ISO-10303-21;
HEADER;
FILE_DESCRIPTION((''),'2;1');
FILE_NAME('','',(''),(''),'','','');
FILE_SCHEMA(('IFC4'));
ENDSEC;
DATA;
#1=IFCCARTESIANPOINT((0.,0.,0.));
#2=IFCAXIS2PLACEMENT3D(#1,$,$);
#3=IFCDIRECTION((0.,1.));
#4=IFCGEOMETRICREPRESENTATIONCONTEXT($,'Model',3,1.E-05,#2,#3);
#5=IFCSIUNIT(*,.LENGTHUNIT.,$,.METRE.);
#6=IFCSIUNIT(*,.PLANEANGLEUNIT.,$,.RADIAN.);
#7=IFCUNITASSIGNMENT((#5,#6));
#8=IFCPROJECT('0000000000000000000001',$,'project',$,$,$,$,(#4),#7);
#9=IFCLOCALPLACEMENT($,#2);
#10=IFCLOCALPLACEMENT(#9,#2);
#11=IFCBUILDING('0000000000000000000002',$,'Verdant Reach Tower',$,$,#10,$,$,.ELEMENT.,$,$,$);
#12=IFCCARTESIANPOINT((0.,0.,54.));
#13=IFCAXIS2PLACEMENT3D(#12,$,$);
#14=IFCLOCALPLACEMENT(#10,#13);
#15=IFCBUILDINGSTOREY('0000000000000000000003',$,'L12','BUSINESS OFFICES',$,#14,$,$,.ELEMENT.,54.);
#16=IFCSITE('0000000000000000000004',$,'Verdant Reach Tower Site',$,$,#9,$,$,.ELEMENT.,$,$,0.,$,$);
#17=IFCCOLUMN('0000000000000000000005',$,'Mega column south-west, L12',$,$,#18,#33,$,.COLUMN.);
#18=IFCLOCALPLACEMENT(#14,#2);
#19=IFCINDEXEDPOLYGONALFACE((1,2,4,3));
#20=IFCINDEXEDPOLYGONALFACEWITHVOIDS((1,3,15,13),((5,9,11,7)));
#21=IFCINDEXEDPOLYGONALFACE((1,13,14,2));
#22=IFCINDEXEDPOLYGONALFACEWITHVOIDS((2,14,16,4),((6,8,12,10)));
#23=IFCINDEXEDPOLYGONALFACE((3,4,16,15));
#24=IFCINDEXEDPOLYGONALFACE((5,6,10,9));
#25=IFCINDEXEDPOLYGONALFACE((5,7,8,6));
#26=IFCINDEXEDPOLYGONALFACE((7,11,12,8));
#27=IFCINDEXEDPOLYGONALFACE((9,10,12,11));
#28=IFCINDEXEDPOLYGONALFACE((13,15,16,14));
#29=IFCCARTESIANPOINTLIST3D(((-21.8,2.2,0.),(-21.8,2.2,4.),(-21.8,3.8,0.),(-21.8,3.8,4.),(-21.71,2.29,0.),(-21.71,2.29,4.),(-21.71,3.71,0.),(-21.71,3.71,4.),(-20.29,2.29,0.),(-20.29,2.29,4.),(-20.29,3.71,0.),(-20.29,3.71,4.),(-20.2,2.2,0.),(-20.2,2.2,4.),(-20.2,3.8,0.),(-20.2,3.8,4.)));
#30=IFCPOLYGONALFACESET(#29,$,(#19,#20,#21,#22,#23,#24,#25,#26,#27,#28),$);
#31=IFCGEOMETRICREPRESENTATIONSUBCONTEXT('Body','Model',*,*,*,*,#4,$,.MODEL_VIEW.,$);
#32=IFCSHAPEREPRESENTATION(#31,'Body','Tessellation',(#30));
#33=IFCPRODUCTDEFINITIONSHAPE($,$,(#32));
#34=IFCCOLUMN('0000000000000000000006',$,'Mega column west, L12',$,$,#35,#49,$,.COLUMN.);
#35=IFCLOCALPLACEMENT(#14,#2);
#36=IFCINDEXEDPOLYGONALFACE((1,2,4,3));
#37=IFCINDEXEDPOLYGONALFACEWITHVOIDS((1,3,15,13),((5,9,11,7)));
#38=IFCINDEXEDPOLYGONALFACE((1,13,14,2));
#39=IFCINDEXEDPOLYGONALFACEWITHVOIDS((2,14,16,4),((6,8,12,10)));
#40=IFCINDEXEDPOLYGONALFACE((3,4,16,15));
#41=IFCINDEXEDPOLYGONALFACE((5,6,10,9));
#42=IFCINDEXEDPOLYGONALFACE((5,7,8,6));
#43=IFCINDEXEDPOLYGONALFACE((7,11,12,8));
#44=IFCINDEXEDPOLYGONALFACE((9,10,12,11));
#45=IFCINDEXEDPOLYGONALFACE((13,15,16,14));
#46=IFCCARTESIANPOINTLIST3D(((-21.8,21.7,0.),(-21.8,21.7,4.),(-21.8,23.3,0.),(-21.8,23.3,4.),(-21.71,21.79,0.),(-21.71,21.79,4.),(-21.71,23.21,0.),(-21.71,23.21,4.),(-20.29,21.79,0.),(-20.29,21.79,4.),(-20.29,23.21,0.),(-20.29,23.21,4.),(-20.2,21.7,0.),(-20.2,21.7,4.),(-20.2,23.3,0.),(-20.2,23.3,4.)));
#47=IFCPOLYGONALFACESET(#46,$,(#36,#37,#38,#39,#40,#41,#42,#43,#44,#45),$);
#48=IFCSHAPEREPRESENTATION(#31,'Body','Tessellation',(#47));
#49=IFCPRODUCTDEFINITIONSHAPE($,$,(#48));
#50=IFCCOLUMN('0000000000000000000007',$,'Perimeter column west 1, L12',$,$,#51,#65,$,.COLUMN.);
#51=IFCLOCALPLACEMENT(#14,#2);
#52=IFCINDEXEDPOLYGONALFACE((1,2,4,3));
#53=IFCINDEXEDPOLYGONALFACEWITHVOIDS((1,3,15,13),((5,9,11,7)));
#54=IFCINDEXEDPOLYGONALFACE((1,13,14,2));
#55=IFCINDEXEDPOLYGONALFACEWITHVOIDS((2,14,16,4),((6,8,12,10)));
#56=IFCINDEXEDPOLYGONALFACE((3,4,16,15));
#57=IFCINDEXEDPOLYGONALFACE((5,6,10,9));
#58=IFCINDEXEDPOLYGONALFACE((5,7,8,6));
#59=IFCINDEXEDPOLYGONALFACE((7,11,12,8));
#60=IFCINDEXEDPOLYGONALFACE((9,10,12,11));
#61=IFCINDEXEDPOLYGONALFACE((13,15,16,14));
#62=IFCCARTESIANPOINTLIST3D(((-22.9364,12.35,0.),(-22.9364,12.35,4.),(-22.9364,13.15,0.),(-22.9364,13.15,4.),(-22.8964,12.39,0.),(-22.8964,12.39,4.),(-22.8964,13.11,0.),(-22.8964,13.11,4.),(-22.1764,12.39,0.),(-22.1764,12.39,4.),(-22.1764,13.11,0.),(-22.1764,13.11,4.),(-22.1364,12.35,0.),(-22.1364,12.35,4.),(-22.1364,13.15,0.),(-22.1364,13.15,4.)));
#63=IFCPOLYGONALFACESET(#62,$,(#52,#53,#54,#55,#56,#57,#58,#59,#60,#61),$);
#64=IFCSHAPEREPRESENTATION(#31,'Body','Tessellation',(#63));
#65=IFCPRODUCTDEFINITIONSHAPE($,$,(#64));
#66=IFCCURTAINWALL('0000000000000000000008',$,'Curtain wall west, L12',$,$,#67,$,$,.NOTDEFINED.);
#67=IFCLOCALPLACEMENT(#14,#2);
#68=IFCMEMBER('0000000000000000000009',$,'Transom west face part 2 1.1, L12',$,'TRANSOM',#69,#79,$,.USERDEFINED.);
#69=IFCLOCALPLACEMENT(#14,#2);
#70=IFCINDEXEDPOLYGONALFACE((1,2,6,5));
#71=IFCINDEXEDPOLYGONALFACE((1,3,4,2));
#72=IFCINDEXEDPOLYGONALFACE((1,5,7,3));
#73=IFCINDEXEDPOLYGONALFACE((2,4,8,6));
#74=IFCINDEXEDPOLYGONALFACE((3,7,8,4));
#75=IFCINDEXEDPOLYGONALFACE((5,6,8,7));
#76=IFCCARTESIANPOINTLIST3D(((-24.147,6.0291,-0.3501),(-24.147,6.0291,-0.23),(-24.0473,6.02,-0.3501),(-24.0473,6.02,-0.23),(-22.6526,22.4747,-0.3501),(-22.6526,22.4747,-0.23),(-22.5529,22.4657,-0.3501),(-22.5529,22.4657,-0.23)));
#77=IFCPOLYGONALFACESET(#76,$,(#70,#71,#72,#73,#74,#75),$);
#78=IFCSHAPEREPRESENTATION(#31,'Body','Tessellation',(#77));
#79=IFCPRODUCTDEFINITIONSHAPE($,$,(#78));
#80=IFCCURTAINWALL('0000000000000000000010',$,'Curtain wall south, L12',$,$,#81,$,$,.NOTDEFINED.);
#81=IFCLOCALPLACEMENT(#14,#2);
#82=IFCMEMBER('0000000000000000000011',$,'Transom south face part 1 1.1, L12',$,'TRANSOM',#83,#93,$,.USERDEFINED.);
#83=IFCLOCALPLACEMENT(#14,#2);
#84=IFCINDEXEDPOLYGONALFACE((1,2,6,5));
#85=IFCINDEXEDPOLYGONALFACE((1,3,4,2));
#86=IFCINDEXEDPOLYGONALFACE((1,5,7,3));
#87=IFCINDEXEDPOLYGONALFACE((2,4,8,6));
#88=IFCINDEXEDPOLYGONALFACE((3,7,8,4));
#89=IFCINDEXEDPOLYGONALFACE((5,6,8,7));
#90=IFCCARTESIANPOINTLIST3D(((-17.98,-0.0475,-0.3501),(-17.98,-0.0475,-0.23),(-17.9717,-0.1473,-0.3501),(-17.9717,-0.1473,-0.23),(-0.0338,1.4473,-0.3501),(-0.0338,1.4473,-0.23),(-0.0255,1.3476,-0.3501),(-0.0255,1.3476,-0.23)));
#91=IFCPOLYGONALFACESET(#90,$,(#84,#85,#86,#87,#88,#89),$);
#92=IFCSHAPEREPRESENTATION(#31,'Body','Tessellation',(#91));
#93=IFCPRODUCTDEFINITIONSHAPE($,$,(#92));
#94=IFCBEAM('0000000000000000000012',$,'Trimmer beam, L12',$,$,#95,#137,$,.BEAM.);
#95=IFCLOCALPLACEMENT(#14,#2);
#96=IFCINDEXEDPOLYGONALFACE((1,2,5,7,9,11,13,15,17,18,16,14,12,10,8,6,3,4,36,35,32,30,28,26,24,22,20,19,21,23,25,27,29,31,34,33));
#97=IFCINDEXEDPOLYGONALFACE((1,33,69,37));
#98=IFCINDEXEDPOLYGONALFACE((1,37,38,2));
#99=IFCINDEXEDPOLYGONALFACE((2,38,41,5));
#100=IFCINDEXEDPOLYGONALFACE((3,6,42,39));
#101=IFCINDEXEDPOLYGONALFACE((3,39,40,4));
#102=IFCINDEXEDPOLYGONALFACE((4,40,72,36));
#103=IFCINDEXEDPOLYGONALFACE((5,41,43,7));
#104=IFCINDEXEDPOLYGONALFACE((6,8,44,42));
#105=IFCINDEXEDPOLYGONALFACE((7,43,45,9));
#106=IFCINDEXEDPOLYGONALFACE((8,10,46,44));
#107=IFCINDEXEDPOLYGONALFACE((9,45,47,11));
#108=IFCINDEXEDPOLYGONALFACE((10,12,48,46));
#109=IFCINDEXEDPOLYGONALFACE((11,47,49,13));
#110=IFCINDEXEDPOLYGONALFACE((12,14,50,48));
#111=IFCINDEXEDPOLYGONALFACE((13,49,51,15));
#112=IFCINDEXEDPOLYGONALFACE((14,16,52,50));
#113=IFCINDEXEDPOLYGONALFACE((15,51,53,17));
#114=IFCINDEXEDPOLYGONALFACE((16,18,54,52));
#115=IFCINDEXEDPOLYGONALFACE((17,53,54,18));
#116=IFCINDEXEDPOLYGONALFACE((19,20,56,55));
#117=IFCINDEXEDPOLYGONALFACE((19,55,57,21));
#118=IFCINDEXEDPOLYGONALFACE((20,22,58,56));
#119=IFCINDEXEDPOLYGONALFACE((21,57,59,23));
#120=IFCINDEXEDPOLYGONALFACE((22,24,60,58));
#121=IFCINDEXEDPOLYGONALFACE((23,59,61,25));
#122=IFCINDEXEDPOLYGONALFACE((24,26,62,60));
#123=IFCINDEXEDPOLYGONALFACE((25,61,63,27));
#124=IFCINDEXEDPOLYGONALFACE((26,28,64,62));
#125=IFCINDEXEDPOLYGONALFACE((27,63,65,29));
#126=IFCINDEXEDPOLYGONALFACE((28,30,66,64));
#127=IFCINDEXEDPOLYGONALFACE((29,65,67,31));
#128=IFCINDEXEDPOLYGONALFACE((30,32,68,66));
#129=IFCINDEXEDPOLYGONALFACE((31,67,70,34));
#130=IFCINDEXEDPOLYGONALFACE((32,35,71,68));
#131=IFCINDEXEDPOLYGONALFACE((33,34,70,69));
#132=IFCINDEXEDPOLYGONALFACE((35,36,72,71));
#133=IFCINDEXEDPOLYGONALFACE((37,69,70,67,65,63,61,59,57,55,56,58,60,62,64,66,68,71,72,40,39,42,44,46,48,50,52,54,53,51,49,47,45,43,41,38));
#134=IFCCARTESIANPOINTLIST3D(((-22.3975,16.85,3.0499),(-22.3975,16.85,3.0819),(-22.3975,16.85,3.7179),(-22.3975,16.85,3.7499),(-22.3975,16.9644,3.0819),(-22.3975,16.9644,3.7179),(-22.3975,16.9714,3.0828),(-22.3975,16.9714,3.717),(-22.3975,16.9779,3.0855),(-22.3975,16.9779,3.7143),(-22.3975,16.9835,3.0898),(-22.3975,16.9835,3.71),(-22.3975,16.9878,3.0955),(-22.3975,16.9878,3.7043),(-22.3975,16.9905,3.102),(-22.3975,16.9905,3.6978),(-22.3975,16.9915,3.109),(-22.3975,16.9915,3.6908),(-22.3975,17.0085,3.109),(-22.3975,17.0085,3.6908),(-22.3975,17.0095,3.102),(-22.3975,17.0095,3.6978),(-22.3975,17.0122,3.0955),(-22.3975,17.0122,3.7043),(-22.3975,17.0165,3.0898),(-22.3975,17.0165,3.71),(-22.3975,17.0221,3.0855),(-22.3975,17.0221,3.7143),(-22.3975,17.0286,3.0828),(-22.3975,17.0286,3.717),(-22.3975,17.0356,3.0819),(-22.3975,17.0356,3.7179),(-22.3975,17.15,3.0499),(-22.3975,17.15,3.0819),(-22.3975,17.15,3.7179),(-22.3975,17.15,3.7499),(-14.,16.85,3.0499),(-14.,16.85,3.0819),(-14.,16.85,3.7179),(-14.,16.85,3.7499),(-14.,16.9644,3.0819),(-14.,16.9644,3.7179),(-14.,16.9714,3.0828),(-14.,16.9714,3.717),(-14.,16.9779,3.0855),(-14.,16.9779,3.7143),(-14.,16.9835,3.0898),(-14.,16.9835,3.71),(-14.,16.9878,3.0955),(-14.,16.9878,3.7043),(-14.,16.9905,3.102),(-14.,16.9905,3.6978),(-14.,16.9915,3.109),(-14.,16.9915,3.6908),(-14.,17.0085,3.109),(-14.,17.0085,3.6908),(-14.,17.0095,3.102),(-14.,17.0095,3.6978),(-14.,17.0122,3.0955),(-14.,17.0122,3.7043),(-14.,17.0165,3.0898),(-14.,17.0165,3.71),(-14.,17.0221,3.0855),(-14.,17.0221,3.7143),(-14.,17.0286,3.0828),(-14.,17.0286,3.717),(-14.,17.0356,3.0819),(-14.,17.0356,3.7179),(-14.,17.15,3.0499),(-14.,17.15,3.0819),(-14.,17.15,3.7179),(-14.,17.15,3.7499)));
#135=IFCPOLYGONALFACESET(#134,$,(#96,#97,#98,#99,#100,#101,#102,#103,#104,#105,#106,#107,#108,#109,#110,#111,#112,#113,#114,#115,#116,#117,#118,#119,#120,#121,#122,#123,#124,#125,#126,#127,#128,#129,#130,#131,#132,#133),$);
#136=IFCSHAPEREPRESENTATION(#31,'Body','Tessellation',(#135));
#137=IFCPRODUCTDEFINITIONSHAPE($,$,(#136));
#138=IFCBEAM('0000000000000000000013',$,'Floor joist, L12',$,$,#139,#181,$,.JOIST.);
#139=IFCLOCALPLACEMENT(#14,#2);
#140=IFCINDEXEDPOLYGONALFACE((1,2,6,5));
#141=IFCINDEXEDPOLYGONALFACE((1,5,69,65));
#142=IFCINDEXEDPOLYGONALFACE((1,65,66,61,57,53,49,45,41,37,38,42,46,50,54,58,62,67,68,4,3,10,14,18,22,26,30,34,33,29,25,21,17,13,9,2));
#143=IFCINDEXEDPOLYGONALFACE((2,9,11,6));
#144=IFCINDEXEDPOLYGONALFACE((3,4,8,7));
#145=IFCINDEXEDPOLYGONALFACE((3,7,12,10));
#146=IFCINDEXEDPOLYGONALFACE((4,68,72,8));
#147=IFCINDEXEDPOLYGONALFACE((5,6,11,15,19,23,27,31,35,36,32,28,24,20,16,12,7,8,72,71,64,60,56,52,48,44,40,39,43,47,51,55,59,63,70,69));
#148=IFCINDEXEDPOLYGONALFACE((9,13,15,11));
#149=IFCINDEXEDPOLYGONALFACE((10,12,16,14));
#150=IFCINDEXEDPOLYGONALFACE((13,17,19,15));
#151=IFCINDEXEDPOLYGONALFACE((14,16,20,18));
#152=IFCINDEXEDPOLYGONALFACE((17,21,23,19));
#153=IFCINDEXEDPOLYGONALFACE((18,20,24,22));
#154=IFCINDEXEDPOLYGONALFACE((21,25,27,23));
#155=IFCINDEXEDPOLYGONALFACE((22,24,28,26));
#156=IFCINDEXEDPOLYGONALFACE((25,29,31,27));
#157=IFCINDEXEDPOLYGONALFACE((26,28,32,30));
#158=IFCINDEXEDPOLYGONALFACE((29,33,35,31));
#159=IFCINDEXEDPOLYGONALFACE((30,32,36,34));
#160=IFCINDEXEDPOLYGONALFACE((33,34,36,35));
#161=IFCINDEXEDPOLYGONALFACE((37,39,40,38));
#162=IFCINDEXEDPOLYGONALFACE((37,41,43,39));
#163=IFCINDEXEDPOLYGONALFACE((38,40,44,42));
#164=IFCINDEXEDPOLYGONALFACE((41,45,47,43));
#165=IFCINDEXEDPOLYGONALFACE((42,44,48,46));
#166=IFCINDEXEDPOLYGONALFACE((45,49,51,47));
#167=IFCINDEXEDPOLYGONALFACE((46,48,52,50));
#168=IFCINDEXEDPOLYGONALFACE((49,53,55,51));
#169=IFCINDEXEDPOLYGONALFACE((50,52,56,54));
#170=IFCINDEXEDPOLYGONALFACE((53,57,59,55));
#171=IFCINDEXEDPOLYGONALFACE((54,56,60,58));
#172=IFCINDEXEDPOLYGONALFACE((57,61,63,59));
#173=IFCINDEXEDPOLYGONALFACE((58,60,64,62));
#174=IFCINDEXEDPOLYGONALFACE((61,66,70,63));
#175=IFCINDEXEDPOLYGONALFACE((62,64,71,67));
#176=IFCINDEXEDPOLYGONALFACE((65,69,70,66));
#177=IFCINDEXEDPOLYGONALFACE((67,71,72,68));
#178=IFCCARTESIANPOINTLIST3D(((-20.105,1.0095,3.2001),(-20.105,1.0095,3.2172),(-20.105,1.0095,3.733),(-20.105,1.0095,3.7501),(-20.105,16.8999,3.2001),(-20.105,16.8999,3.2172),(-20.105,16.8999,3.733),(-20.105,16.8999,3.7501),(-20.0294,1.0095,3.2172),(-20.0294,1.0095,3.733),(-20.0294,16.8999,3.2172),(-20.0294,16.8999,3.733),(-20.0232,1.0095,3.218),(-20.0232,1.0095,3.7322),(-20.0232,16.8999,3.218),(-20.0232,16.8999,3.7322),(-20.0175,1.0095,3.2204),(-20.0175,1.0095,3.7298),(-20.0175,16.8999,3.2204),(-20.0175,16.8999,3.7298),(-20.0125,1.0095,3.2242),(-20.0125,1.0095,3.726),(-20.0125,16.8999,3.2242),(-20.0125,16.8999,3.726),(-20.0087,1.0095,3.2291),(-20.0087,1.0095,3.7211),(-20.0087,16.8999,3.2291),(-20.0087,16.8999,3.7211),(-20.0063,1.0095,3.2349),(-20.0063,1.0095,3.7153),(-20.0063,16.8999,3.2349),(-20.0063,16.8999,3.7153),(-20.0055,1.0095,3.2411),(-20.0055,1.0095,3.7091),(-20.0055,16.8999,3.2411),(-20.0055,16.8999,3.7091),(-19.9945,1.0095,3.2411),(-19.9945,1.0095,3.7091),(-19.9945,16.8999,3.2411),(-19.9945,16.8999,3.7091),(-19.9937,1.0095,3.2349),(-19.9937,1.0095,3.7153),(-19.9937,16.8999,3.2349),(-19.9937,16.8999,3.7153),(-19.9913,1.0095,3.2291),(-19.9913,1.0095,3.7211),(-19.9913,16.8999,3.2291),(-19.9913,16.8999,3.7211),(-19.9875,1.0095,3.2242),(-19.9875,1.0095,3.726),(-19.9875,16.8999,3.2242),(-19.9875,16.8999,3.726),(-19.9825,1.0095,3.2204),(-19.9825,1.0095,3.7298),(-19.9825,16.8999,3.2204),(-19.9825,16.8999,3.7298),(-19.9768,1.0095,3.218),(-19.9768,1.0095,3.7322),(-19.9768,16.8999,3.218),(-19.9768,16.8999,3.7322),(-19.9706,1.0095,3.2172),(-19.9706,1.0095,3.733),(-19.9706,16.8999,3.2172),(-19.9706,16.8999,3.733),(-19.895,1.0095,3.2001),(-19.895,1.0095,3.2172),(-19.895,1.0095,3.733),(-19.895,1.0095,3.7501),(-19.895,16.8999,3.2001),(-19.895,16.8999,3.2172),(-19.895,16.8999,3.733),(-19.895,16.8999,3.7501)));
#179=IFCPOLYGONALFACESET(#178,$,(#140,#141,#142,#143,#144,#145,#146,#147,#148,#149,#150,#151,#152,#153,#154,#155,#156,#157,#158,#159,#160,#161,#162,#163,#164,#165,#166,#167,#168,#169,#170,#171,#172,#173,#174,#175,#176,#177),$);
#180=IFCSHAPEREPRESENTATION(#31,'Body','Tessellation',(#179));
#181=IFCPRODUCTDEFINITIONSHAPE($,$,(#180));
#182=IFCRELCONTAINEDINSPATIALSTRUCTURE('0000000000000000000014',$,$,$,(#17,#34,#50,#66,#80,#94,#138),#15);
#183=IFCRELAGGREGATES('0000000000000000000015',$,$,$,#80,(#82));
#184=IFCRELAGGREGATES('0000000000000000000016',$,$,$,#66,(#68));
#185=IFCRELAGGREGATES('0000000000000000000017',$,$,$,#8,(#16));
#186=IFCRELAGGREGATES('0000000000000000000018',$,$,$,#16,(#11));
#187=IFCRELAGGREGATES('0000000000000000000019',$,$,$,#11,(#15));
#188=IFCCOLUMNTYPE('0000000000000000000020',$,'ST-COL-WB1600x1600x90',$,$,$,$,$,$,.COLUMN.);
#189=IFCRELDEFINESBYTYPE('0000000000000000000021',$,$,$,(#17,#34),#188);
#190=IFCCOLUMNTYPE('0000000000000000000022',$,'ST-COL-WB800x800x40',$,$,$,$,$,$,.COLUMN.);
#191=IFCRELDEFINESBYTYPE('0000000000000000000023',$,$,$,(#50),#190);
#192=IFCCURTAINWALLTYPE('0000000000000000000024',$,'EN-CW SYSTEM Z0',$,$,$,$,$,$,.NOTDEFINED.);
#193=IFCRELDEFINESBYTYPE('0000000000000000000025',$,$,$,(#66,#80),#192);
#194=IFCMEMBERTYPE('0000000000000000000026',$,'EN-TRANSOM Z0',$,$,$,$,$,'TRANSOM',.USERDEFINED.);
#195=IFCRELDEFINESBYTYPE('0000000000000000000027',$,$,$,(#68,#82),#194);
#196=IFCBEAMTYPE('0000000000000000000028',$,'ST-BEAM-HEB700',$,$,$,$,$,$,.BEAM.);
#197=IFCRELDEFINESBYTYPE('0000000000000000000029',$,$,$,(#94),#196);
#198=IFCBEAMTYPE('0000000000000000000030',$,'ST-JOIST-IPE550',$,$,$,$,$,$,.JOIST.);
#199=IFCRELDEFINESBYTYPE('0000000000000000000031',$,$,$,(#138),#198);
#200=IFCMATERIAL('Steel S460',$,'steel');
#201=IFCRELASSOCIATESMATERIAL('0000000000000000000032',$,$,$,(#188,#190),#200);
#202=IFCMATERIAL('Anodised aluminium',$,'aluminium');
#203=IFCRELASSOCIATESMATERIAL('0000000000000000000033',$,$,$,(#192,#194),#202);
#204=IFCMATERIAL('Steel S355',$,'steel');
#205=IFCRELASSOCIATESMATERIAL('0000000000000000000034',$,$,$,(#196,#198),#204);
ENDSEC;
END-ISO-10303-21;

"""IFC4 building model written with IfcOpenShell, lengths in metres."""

from ifc_helpers import new_model, si_unit, direction, frame, origin, origin_2d, place, context, subcontext, project, spatial, rectangle, hollow_rectangle, i_section, extrude, material, material_profile, profile_set, type_object, element, aggregate, save


model = new_model("IFC4")

# Units and contexts
model_context = context("Model", 3, precision=1e-05, world=origin(), true_north=direction((0.0, 1.0)))
body_context = subcontext(model_context, "Body", "Model", "MODEL_VIEW")
ifc_project = project(units=[si_unit("LENGTHUNIT", "METRE"), si_unit("PLANEANGLEUNIT", "RADIAN")], contexts=[model_context])

# Site, building, storey
site_placement = place(None, origin())
site = spatial("IfcSite", under=ifc_project, at=site_placement, Name="Verdant Reach Tower Site", CompositionType="ELEMENT", RefElevation=0.0)
building_placement = place(site_placement, origin())
building = spatial("IfcBuilding", under=site, at=building_placement, Name="Verdant Reach Tower", CompositionType="ELEMENT")
storey_placement = place(building_placement, frame((0.0, 0.0, 54.0)))
storey = spatial("IfcBuildingStorey", under=building, at=storey_placement, Name="L12", Description="BUSINESS OFFICES", CompositionType="ELEMENT", Elevation=54.0)

# Columns
ifc_material_1 = material(Name="Steel S460", Category="steel")
ifc_material_profile_1 = material_profile(ifc_material_1, hollow_rectangle(XDim=1.6001, YDim=1.6001, WallThickness=0.0901, at=origin_2d()), Name="WB 1600x1600x90")
ifc_profile_set_1 = profile_set([ifc_material_profile_1], Name="Steel S460")
column_type_1 = type_object("IfcColumnType", Name="ST-COL-WB1600x1600x90", PredefinedType="COLUMN", material=ifc_profile_set_1)
for number, where, z_axis, x_axis, name in (
    (1, (-21.0, 3.0, 0.0), (0.0, 0.0, 1.0), (1.0, 0.0, 0.0), "Mega column south-west, L12"),
    (2, (-21.0, 22.5, 0.0), (0.0, 0.0, 1.0), (1.0, 0.0, 0.0), "Mega column west, L12"),
):
    element("IfcColumn", number, at=place(storey_placement, frame(where, z_axis=z_axis, x_axis=x_axis)), inside=storey, type_object=column_type_1, Name=name, PredefinedType="COLUMN", context=body_context, shape_type="SweptSolid", body=[
        extrude(hollow_rectangle(XDim=1.6001, YDim=1.6001, WallThickness=0.0901, at=origin_2d()), origin(), (0.0, 0.0, 1.0), 4.0),
    ])
ifc_material_profile_2 = material_profile(ifc_material_1, hollow_rectangle(XDim=0.8, YDim=0.8, WallThickness=0.04, at=origin_2d()), Name="WB 800x800x40")
ifc_profile_set_2 = profile_set([ifc_material_profile_2], Name="Steel S460")
column_type_2 = type_object("IfcColumnType", Name="ST-COL-WB800x800x40", PredefinedType="COLUMN", material=ifc_profile_set_2)
column_placement = place(storey_placement, frame((-22.5364, 12.75, 0.0), z_axis=(0.0, 0.0, 1.0), x_axis=(1.0, 0.0, 0.0)))
element("IfcColumn", 3, at=column_placement, inside=storey, type_object=column_type_2, Name="Perimeter column west 1, L12", PredefinedType="COLUMN", context=body_context, shape_type="SweptSolid", body=[
    extrude(hollow_rectangle(XDim=0.8, YDim=0.8, WallThickness=0.04, at=origin_2d()), origin(), (0.0, 0.0, 1.0), 4.0),
])

# Curtain walls, members
ifc_material_2 = material(Name="Anodised aluminium", Category="aluminium")
curtain_wall_type = type_object("IfcCurtainWallType", Name="EN-CW SYSTEM Z0", PredefinedType="NOTDEFINED", material=ifc_material_2)
curtain_wall_1_placement = place(storey_placement, origin())
curtain_wall_1 = element("IfcCurtainWall", 4, at=curtain_wall_1_placement, inside=storey, type_object=curtain_wall_type, Name="Curtain wall west, L12", PredefinedType="NOTDEFINED")
ifc_material_profile_3 = material_profile(ifc_material_2, rectangle(XDim=0.1001, YDim=0.1201, at=origin_2d()), Name="Transom 120x100")
ifc_profile_set_3 = profile_set([ifc_material_profile_3], Name="Anodised aluminium")
member_type = type_object("IfcMemberType", Name="EN-TRANSOM Z0", ElementType="TRANSOM", PredefinedType="USERDEFINED", material=ifc_profile_set_3)
member_1_placement = place(storey_placement, frame((-22.6028, 22.4702, -0.29), z_axis=(-0.090496, -0.995897, 0.0), x_axis=(0.995897, -0.090496, 0.0)))
member_1 = element("IfcMember", 5, at=member_1_placement, type_object=member_type, Name="Transom west face part 2 1.1, L12", ObjectType="TRANSOM", PredefinedType="USERDEFINED", context=body_context, shape_type="SweptSolid", body=[
    extrude(rectangle(XDim=0.1001, YDim=0.1201, at=origin_2d()), origin(), (0.0, 0.0, 1.0), 16.5134),
])
curtain_wall_2_placement = place(storey_placement, origin())
curtain_wall_2 = element("IfcCurtainWall", 6, at=curtain_wall_2_placement, inside=storey, type_object=curtain_wall_type, Name="Curtain wall south, L12", PredefinedType="NOTDEFINED")
member_2_placement = place(storey_placement, frame((-17.9758, -0.0974, -0.29), z_axis=(0.996549, 0.083011, 0.0), x_axis=(-0.083011, 0.996549, 0.0)))
member_2 = element("IfcMember", 7, at=member_2_placement, type_object=member_type, Name="Transom south face part 1 1.1, L12", ObjectType="TRANSOM", PredefinedType="USERDEFINED", context=body_context, shape_type="SweptSolid", body=[
    extrude(rectangle(XDim=0.1001, YDim=0.1201, at=origin_2d()), origin(), (0.0, 0.0, 1.0), 18.0083),
])

# Beams
ifc_material_3 = material(Name="Steel S355", Category="steel")
ifc_material_profile_4 = material_profile(ifc_material_3, i_section(OverallWidth=0.3, OverallDepth=0.7, WebThickness=0.0171, FlangeThickness=0.032, FilletRadius=0.0271, at=origin_2d()), Name="HEB 700")
ifc_profile_set_4 = profile_set([ifc_material_profile_4], Name="Steel S355")
beam_type_1 = type_object("IfcBeamType", Name="ST-BEAM-HEB700", PredefinedType="BEAM", material=ifc_profile_set_4)
beam_1_placement = place(storey_placement, frame((-14.0, 17.0, 3.3999), z_axis=(-1.0, 0.0, 0.0), x_axis=(0.0, -1.0, 0.0)))
element("IfcBeam", 8, at=beam_1_placement, inside=storey, type_object=beam_type_1, Name="Trimmer beam, L12", PredefinedType="BEAM", context=body_context, shape_type="SweptSolid", body=[
    extrude(i_section(OverallWidth=0.3, OverallDepth=0.7, WebThickness=0.0171, FlangeThickness=0.032, FilletRadius=0.0271, at=origin_2d()), origin(), (0.0, 0.0, 1.0), 8.3975),
])
ifc_material_profile_5 = material_profile(ifc_material_3, i_section(OverallWidth=0.21, OverallDepth=0.55, WebThickness=0.011, FlangeThickness=0.0171, FilletRadius=0.0239, at=origin_2d()), Name="IPE 550")
ifc_profile_set_5 = profile_set([ifc_material_profile_5], Name="Steel S355")
beam_type_2 = type_object("IfcBeamType", Name="ST-JOIST-IPE550", PredefinedType="JOIST", material=ifc_profile_set_5)
beam_2_placement = place(storey_placement, frame((-20.0, 16.8999, 3.4751), z_axis=(0.0, -1.0, 0.0), x_axis=(1.0, 0.0, 0.0)))
element("IfcBeam", 9, at=beam_2_placement, inside=storey, type_object=beam_type_2, Name="Floor joist, L12", PredefinedType="JOIST", context=body_context, shape_type="SweptSolid", body=[
    extrude(i_section(OverallWidth=0.21, OverallDepth=0.55, WebThickness=0.011, FlangeThickness=0.0171, FilletRadius=0.0239, at=origin_2d()), origin(), (0.0, 0.0, 1.0), 15.8904),
])

aggregate(curtain_wall_2, [member_2])
aggregate(curtain_wall_1, [member_1])

save(model, "model.ifc")
